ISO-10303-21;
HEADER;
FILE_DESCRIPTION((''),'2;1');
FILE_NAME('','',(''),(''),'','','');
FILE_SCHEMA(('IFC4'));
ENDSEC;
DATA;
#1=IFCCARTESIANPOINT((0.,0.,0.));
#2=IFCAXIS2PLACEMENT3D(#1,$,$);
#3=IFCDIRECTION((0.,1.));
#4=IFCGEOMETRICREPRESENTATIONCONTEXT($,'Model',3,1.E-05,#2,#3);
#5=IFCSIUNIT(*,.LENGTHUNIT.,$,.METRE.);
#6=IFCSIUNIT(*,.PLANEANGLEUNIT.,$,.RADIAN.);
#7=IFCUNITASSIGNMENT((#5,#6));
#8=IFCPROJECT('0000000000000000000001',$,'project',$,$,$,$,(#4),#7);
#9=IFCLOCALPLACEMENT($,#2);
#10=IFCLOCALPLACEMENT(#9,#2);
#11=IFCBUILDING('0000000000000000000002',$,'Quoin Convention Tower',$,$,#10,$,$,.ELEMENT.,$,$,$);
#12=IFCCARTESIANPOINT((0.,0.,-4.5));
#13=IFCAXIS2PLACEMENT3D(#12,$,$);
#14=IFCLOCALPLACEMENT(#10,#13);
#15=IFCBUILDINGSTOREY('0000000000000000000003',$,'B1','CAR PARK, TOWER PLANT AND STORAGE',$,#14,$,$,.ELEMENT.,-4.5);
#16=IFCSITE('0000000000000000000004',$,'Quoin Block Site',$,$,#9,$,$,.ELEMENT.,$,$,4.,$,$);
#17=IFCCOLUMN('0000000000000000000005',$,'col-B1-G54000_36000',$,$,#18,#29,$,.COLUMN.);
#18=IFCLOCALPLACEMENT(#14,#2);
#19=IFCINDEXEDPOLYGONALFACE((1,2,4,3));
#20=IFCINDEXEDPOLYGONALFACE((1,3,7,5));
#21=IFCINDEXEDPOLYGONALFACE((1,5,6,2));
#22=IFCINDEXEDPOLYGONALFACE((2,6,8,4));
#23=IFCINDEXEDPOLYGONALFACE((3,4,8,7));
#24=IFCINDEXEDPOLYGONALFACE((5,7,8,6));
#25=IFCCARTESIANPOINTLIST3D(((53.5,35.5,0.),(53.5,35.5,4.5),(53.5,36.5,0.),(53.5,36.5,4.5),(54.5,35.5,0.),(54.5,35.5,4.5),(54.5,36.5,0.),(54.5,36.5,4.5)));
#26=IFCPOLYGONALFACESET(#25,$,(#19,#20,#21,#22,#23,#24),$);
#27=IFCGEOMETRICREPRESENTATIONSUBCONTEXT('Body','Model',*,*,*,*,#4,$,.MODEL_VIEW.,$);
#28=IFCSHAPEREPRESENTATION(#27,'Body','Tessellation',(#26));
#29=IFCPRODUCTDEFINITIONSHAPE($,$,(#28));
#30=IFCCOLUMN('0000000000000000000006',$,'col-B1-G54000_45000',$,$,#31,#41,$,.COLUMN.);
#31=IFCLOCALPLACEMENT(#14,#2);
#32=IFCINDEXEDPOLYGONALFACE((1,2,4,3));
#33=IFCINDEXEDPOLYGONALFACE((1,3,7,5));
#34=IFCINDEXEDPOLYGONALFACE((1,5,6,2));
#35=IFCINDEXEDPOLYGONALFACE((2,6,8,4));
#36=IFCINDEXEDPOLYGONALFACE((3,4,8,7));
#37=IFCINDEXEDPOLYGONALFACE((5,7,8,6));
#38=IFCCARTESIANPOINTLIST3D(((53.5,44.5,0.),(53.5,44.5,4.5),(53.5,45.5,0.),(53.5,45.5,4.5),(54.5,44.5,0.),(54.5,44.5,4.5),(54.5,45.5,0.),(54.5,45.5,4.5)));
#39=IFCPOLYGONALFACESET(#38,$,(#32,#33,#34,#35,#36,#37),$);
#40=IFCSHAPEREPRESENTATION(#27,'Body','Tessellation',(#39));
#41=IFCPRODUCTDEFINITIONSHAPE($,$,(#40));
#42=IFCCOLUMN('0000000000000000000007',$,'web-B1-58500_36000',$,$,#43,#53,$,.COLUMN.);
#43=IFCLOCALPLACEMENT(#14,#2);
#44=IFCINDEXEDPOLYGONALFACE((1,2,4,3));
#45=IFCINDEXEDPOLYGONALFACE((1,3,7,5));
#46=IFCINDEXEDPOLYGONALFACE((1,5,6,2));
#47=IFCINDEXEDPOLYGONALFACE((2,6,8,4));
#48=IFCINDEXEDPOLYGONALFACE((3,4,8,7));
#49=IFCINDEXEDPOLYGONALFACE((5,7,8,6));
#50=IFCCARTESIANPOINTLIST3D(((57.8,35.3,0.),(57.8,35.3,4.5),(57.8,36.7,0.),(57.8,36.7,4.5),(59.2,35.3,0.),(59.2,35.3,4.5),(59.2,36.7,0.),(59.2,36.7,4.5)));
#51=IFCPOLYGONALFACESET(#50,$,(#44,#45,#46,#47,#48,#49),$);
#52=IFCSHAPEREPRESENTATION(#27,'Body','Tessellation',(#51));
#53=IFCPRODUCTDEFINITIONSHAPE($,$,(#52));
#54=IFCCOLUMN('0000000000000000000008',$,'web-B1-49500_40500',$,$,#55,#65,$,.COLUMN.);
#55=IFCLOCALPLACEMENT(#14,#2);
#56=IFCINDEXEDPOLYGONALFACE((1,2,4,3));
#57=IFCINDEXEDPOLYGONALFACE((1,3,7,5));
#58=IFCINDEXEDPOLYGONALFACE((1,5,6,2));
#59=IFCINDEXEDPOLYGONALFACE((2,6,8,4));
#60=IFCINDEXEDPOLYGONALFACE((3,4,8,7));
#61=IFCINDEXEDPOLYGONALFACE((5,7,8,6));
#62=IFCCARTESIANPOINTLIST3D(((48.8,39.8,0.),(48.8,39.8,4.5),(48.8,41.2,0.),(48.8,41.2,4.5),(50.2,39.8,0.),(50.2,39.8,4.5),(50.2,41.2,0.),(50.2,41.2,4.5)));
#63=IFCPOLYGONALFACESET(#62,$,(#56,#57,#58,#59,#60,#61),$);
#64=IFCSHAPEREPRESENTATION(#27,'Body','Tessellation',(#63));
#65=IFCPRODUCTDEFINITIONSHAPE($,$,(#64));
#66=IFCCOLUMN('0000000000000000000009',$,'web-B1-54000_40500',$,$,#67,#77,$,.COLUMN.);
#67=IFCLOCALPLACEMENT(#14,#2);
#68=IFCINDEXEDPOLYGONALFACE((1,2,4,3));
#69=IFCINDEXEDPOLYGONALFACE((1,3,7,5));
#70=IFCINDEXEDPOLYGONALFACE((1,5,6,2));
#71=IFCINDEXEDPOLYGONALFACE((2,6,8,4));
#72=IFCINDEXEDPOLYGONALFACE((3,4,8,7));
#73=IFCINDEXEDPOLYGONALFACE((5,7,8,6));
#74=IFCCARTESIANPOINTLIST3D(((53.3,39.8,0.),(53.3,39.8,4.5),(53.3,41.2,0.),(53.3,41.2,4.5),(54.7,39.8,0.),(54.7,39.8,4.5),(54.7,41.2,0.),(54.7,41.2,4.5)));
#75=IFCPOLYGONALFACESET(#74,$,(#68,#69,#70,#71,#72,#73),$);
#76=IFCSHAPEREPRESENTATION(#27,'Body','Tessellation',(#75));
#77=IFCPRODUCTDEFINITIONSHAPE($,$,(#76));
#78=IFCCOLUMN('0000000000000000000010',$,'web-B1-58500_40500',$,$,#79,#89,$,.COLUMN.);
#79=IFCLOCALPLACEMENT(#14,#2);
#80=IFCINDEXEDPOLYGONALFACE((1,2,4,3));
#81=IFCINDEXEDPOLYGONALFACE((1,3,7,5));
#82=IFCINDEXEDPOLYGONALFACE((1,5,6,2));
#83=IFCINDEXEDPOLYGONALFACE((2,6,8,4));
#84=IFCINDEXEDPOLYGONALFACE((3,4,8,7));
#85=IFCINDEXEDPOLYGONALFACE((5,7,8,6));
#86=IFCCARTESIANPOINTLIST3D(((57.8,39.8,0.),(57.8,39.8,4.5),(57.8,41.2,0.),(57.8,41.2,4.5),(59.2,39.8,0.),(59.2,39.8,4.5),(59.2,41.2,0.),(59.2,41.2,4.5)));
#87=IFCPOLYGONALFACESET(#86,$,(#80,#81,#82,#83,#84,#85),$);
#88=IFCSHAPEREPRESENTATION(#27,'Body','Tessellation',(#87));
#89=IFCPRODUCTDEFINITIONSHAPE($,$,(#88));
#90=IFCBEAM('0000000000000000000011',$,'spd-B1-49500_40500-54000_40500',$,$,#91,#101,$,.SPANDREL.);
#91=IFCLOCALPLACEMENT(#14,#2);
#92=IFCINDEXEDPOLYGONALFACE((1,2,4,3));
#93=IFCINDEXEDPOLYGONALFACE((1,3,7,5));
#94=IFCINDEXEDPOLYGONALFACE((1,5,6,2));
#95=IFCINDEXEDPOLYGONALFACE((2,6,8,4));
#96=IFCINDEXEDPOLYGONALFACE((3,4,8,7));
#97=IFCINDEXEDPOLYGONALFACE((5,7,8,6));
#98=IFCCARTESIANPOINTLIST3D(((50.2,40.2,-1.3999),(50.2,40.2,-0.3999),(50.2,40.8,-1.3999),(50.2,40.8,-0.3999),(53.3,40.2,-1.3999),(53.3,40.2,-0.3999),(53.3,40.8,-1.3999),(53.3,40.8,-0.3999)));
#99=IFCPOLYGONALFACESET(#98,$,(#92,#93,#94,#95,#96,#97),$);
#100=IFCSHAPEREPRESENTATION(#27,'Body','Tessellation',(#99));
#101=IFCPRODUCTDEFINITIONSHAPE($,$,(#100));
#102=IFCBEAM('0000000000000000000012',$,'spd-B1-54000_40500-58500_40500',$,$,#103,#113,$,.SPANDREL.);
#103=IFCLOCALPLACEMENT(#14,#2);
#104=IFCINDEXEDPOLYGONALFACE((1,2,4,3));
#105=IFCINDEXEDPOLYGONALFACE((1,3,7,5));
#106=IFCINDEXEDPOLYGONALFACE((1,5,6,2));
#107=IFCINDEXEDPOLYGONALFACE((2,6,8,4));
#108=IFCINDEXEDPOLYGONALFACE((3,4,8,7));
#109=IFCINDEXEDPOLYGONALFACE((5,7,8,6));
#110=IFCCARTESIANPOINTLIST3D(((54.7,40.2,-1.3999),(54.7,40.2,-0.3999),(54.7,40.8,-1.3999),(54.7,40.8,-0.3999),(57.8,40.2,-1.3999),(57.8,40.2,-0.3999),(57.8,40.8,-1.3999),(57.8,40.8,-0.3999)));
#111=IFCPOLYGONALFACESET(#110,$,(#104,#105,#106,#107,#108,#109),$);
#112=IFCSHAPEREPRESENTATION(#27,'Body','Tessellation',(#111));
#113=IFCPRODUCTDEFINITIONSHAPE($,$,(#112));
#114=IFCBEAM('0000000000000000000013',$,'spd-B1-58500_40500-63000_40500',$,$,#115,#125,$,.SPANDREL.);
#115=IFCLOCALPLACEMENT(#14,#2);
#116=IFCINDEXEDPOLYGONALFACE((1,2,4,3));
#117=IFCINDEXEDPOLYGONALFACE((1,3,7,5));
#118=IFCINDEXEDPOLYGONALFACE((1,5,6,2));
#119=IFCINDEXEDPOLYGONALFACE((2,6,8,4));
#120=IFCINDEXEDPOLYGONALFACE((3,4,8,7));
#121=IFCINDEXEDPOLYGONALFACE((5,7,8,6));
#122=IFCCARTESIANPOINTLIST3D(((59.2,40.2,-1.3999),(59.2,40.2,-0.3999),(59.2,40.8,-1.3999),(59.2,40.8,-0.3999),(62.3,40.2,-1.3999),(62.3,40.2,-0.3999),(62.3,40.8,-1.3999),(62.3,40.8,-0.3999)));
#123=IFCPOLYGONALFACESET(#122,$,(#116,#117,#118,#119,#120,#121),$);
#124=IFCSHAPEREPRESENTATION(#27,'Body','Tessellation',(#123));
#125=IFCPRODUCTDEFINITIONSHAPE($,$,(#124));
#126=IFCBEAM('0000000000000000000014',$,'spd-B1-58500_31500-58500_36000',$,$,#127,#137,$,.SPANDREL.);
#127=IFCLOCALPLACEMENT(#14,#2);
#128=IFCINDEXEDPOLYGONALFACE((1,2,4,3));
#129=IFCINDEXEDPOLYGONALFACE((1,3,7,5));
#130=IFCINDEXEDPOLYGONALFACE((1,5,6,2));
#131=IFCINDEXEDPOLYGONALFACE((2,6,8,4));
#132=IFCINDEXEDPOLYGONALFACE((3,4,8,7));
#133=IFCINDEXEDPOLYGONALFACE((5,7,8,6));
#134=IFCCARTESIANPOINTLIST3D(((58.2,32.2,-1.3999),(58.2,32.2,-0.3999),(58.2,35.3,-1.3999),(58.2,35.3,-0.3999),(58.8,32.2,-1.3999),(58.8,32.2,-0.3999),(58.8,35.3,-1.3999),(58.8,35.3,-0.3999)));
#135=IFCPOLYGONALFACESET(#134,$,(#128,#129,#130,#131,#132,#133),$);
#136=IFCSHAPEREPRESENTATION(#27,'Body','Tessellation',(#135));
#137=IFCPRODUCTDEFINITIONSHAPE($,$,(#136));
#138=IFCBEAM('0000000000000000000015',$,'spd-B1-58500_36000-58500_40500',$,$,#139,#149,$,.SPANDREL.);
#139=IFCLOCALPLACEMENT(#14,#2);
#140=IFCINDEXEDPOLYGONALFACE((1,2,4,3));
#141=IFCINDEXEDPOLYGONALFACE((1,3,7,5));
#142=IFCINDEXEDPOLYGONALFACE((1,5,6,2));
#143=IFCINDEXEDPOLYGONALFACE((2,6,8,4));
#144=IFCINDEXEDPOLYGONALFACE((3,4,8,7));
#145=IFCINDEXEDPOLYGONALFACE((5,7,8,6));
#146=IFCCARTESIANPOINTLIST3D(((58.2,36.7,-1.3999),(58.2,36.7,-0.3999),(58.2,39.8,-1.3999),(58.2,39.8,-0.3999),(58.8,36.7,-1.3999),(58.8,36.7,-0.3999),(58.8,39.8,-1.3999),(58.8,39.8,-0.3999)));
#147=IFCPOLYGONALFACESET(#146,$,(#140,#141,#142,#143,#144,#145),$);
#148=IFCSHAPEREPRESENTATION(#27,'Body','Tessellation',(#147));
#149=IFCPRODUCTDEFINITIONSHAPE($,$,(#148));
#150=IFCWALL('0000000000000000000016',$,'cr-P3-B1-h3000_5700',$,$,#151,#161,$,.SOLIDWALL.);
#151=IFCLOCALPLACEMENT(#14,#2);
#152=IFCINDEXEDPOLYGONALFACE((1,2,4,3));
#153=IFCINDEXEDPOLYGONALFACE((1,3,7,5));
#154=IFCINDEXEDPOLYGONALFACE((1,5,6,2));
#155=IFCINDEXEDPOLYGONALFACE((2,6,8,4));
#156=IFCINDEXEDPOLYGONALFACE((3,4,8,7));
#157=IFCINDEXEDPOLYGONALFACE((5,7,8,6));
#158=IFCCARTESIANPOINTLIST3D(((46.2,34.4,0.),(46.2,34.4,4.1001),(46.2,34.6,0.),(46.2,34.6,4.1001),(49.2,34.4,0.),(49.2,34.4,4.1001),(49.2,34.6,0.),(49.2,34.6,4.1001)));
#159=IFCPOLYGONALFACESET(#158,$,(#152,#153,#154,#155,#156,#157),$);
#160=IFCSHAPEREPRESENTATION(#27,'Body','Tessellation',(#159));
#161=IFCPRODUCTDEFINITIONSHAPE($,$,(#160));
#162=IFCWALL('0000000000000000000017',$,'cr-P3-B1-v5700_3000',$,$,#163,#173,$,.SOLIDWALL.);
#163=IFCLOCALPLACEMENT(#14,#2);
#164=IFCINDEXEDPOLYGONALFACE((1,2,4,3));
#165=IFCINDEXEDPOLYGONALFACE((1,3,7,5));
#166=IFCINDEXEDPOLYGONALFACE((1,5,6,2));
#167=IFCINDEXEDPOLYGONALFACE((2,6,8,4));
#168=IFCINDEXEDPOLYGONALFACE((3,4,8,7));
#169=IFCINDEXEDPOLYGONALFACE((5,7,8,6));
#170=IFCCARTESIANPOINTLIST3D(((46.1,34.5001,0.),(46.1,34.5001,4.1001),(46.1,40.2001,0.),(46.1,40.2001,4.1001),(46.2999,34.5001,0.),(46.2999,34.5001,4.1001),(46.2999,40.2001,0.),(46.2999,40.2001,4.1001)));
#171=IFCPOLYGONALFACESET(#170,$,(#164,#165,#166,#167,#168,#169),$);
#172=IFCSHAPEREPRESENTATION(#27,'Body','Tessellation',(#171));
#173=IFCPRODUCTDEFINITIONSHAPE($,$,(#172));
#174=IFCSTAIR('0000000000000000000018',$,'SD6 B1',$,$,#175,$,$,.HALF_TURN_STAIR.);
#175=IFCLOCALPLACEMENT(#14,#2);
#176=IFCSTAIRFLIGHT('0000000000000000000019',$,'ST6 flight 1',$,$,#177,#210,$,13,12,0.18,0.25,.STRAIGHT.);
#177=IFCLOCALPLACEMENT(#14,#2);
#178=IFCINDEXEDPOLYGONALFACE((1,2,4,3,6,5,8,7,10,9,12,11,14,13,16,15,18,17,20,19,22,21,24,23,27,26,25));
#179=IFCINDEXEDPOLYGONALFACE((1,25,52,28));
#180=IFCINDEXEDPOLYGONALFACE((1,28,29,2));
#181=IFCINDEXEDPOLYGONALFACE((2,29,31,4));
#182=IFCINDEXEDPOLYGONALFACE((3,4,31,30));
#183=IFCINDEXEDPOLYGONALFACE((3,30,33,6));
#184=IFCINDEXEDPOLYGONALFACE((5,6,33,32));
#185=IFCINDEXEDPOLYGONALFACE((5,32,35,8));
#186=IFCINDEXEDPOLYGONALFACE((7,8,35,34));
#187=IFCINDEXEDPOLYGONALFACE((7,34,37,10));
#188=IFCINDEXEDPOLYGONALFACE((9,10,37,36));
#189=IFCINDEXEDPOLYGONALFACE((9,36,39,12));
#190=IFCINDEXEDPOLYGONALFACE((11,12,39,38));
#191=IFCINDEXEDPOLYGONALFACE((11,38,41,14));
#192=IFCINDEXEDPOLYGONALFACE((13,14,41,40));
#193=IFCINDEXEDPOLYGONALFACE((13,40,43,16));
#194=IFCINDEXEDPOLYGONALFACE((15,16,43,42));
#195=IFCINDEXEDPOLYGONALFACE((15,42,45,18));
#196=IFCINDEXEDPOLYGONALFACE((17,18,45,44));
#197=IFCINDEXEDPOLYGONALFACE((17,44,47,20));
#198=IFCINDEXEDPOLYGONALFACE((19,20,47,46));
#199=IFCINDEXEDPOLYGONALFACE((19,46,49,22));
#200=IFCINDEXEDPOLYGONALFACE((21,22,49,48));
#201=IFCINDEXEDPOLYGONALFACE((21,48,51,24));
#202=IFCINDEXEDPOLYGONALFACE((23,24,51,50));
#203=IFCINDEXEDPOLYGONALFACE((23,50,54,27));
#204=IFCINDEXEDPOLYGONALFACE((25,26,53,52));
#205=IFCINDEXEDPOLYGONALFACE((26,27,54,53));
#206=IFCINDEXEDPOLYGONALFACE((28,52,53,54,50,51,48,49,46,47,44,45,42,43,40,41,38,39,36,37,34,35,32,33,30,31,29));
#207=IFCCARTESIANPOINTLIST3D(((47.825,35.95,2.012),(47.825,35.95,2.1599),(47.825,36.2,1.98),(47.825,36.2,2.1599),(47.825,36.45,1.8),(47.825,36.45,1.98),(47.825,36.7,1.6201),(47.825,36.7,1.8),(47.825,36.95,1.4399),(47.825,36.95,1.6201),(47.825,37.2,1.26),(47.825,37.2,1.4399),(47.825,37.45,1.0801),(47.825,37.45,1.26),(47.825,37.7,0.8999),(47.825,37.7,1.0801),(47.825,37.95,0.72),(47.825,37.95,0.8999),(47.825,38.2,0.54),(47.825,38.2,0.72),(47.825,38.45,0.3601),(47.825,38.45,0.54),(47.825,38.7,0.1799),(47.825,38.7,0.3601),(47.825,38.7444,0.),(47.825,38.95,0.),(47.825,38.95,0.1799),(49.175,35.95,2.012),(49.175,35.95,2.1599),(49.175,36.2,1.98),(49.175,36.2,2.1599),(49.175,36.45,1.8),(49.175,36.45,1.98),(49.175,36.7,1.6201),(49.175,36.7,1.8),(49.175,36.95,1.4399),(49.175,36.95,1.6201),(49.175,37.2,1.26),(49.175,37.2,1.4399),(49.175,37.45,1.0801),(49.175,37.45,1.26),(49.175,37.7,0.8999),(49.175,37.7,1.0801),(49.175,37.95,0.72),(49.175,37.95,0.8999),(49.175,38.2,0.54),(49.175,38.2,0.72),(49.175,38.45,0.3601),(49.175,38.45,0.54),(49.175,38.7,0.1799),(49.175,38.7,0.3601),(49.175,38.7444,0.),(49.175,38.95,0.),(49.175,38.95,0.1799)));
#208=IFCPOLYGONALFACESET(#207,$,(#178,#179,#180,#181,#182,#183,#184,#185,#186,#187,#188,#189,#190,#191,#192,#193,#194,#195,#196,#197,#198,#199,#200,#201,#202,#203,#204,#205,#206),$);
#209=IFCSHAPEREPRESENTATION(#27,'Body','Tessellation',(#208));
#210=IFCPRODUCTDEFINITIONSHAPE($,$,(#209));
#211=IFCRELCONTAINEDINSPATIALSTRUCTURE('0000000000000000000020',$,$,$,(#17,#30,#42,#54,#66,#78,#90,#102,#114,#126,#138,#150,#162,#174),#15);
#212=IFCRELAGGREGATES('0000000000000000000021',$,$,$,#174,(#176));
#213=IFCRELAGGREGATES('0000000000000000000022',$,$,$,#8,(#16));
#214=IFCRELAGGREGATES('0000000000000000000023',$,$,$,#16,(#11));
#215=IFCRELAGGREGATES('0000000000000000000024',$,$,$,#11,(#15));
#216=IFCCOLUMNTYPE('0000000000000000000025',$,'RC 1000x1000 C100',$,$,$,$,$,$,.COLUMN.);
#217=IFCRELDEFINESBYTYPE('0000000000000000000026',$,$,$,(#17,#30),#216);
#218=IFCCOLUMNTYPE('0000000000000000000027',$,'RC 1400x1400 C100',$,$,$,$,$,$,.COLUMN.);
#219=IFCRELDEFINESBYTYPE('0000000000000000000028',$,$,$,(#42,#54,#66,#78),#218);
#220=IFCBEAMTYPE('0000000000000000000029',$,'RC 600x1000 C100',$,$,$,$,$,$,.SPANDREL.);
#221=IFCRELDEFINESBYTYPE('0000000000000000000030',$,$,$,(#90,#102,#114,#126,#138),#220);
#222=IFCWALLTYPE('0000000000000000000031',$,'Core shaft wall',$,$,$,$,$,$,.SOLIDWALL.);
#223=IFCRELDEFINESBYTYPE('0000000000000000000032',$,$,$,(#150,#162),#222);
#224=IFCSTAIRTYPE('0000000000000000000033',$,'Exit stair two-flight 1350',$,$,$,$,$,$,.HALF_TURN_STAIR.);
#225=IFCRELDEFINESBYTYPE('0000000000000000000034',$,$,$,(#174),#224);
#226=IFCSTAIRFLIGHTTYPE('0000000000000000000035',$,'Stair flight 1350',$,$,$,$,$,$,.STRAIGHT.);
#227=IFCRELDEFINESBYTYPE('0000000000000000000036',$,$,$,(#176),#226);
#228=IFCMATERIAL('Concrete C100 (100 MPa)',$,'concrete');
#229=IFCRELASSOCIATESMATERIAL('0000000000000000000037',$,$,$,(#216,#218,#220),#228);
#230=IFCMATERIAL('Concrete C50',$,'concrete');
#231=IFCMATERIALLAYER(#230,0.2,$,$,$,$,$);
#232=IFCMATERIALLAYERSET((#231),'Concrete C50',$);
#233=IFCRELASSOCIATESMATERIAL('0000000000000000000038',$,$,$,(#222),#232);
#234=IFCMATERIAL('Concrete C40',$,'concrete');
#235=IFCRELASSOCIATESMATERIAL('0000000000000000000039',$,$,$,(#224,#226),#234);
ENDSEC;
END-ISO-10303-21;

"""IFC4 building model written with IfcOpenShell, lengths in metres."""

from ifc_helpers import new_model, si_unit, direction, frame, frame_2d, origin, origin_2d, place, context, subcontext, project, spatial, polyline, rectangle, outline, extrude, material, layer, layer_set, material_profile, profile_set, type_object, element, aggregate, save


model = new_model("IFC4")

# Units and contexts
model_context = context("Model", 3, precision=1e-05, world=origin(), true_north=direction((0.0, 1.0)))
body_context = subcontext(model_context, "Body", "Model", "MODEL_VIEW")
ifc_project = project(units=[si_unit("LENGTHUNIT", "METRE"), si_unit("PLANEANGLEUNIT", "RADIAN")], contexts=[model_context])

# Site, building, storey
site_placement = place(None, origin())
site = spatial("IfcSite", under=ifc_project, at=site_placement, Name="Quoin Block Site", CompositionType="ELEMENT", RefElevation=4.0)
building_placement = place(site_placement, origin())
building = spatial("IfcBuilding", under=site, at=building_placement, Name="Quoin Convention Tower", CompositionType="ELEMENT")
storey_placement = place(building_placement, frame((0.0, 0.0, -4.5)))
storey = spatial("IfcBuildingStorey", under=building, at=storey_placement, Name="B1", Description="CAR PARK, TOWER PLANT AND STORAGE", CompositionType="ELEMENT", Elevation=-4.5)

# Columns
ifc_material_1 = material(Name="Concrete C100 (100 MPa)", Category="concrete")
ifc_material_profile_1 = material_profile(ifc_material_1, rectangle(XDim=1.0, YDim=1.0, at=origin_2d()), Name="RC 1000x1000")
ifc_profile_set_1 = profile_set([ifc_material_profile_1], Name="Concrete C100 (100 MPa)")
column_type_1 = type_object("IfcColumnType", Name="RC 1000x1000 C100", PredefinedType="COLUMN", material=ifc_profile_set_1)
for number, where, z_axis, x_axis, name in (
    (1, (54.0, 36.0, 0.0), (0.0, 0.0, 1.0), (1.0, 0.0, 0.0), "col-B1-G54000_36000"),
    (2, (54.0, 45.0, 0.0), (0.0, 0.0, 1.0), (1.0, 0.0, 0.0), "col-B1-G54000_45000"),
):
    element("IfcColumn", number, at=place(storey_placement, frame(where, z_axis=z_axis, x_axis=x_axis)), inside=storey, type_object=column_type_1, Name=name, PredefinedType="COLUMN", context=body_context, shape_type="SweptSolid", body=[
        extrude(rectangle(XDim=1.0, YDim=1.0, at=origin_2d()), origin(), (0.0, 0.0, 1.0), 4.5),
    ])
ifc_material_profile_2 = material_profile(ifc_material_1, rectangle(XDim=1.3999, YDim=1.3999, at=origin_2d()), Name="RC 1400x1400")
ifc_profile_set_2 = profile_set([ifc_material_profile_2], Name="Concrete C100 (100 MPa)")
column_type_2 = type_object("IfcColumnType", Name="RC 1400x1400 C100", PredefinedType="COLUMN", material=ifc_profile_set_2)
for number, where, z_axis, x_axis, name in (
    (3, (58.5, 36.0, 0.0), (0.0, 0.0, 1.0), (1.0, 0.0, 0.0), "web-B1-58500_36000"),
    (4, (49.5, 40.5, 0.0), (0.0, 0.0, 1.0), (1.0, 0.0, 0.0), "web-B1-49500_40500"),
    (5, (54.0, 40.5, 0.0), (0.0, 0.0, 1.0), (1.0, 0.0, 0.0), "web-B1-54000_40500"),
    (6, (58.5, 40.5, 0.0), (0.0, 0.0, 1.0), (1.0, 0.0, 0.0), "web-B1-58500_40500"),
):
    element("IfcColumn", number, at=place(storey_placement, frame(where, z_axis=z_axis, x_axis=x_axis)), inside=storey, type_object=column_type_2, Name=name, PredefinedType="COLUMN", context=body_context, shape_type="SweptSolid", body=[
        extrude(rectangle(XDim=1.3999, YDim=1.3999, at=origin_2d()), origin(), (0.0, 0.0, 1.0), 4.5),
    ])

# Beams
ifc_material_profile_3 = material_profile(ifc_material_1, rectangle(XDim=0.6001, YDim=1.0, at=origin_2d()), Name="RC 600x1000")
ifc_profile_set_3 = profile_set([ifc_material_profile_3], Name="Concrete C100 (100 MPa)")
beam_type = type_object("IfcBeamType", Name="RC 600x1000 C100", PredefinedType="SPANDREL", material=ifc_profile_set_3)
for number, where, z_axis, x_axis, name in (
    (7, (50.2, 40.5, -0.8999), (1.0, 0.0, 0.0), (0.0, 1.0, 0.0), "spd-B1-49500_40500-54000_40500"),
    (8, (54.7, 40.5, -0.8999), (1.0, 0.0, 0.0), (0.0, 1.0, 0.0), "spd-B1-54000_40500-58500_40500"),
    (9, (59.2, 40.5, -0.8999), (1.0, 0.0, 0.0), (0.0, 1.0, 0.0), "spd-B1-58500_40500-63000_40500"),
    (10, (58.5, 32.2, -0.8999), (0.0, 1.0, 0.0), (-1.0, 0.0, 0.0), "spd-B1-58500_31500-58500_36000"),
    (11, (58.5, 36.7, -0.8999), (0.0, 1.0, 0.0), (-1.0, 0.0, 0.0), "spd-B1-58500_36000-58500_40500"),
):
    element("IfcBeam", number, at=place(storey_placement, frame(where, z_axis=z_axis, x_axis=x_axis)), inside=storey, type_object=beam_type, Name=name, PredefinedType="SPANDREL", context=body_context, shape_type="SweptSolid", body=[
        extrude(rectangle(XDim=0.6001, YDim=1.0, at=origin_2d()), origin(), (0.0, 0.0, 1.0), 3.1001),
    ])

# Walls
ifc_material_2 = material(Name="Concrete C50", Category="concrete")
ifc_layer = layer(ifc_material_2, 0.2)
ifc_layer_set = layer_set([ifc_layer], Name="Concrete C50")
wall_type = type_object("IfcWallType", Name="Core shaft wall", PredefinedType="SOLIDWALL", material=ifc_layer_set)
wall_1_placement = place(storey_placement, frame((46.2, 34.5, 0.0), z_axis=(0.0, 0.0, 1.0), x_axis=(1.0, 0.0, 0.0)))
element("IfcWall", 12, at=wall_1_placement, inside=storey, type_object=wall_type, Name="cr-P3-B1-h3000_5700", PredefinedType="SOLIDWALL", context=body_context, shape_type="SweptSolid", body=[
    extrude(rectangle(XDim=3.0, YDim=0.2, at=frame_2d((1.5, 0.0))), origin(), (0.0, 0.0, 1.0), 4.1001),
])
wall_2_placement = place(storey_placement, frame((46.2, 34.5, 0.0), z_axis=(0.0, 0.0, 1.0), x_axis=(0.0, 1.0, 0.0)))
element("IfcWall", 13, at=wall_2_placement, inside=storey, type_object=wall_type, Name="cr-P3-B1-v5700_3000", PredefinedType="SOLIDWALL", context=body_context, shape_type="SweptSolid", body=[
    extrude(rectangle(XDim=5.7, YDim=0.2, at=frame_2d((2.8501, 0.0))), origin(), (0.0, 0.0, 1.0), 4.1001),
])

# Stair, stair flight
ifc_material_3 = material(Name="Concrete C40", Category="concrete")
stair_type = type_object("IfcStairType", Name="Exit stair two-flight 1350", PredefinedType="HALF_TURN_STAIR", material=ifc_material_3)
stair_placement = place(storey_placement, origin())
stair = element("IfcStair", 14, at=stair_placement, inside=storey, type_object=stair_type, Name="SD6 B1", PredefinedType="HALF_TURN_STAIR")
stair_flight_type = type_object("IfcStairFlightType", Name="Stair flight 1350", PredefinedType="STRAIGHT", material=ifc_material_3)
stair_flight_1_placement = place(storey_placement, frame((48.5, 38.95, 0.0), z_axis=(0.0, 0.0, 1.0), x_axis=(0.0, -1.0, 0.0)))
stair_flight_1 = element("IfcStairFlight", 15, at=stair_flight_1_placement, type_object=stair_flight_type, Name="ST6 flight 1", NumberOfRisers=13, NumberOfTreads=12, PredefinedType="STRAIGHT", RiserHeight=0.18, TreadLength=0.25, context=body_context, shape_type="SweptSolid", body=[
    extrude(outline(polyline([(0.0, 0.0), (0.0, 0.1799), (0.25, 0.1799), (0.25, 0.3601), (0.5, 0.3601), (0.5, 0.54), (0.75, 0.54), (0.75, 0.72), (1.0, 0.72), (1.0, 0.8999), (1.25, 0.8999), (1.25, 1.0801), (1.5, 1.0801), (1.5, 1.26), (1.75, 1.26), (1.75, 1.4399), (2.0, 1.4399), (2.0, 1.6201), (2.25, 1.6201), (2.25, 1.8), (2.5, 1.8), (2.5, 1.98), (2.75, 1.98), (2.75, 2.1599), (3.0, 2.1599), (3.0, 2.3401), (3.0, 2.012), (0.2056, 0.0), (0.0, 0.0)])), frame((0.0, 0.675, 0.0), z_axis=(0.0, -1.0, 0.0), x_axis=(1.0, 0.0, 0.0)), (0.0, 0.0, 1.0), 1.3501),
])
aggregate(stair, [stair_flight_1])

save(model, "model.ifc")
